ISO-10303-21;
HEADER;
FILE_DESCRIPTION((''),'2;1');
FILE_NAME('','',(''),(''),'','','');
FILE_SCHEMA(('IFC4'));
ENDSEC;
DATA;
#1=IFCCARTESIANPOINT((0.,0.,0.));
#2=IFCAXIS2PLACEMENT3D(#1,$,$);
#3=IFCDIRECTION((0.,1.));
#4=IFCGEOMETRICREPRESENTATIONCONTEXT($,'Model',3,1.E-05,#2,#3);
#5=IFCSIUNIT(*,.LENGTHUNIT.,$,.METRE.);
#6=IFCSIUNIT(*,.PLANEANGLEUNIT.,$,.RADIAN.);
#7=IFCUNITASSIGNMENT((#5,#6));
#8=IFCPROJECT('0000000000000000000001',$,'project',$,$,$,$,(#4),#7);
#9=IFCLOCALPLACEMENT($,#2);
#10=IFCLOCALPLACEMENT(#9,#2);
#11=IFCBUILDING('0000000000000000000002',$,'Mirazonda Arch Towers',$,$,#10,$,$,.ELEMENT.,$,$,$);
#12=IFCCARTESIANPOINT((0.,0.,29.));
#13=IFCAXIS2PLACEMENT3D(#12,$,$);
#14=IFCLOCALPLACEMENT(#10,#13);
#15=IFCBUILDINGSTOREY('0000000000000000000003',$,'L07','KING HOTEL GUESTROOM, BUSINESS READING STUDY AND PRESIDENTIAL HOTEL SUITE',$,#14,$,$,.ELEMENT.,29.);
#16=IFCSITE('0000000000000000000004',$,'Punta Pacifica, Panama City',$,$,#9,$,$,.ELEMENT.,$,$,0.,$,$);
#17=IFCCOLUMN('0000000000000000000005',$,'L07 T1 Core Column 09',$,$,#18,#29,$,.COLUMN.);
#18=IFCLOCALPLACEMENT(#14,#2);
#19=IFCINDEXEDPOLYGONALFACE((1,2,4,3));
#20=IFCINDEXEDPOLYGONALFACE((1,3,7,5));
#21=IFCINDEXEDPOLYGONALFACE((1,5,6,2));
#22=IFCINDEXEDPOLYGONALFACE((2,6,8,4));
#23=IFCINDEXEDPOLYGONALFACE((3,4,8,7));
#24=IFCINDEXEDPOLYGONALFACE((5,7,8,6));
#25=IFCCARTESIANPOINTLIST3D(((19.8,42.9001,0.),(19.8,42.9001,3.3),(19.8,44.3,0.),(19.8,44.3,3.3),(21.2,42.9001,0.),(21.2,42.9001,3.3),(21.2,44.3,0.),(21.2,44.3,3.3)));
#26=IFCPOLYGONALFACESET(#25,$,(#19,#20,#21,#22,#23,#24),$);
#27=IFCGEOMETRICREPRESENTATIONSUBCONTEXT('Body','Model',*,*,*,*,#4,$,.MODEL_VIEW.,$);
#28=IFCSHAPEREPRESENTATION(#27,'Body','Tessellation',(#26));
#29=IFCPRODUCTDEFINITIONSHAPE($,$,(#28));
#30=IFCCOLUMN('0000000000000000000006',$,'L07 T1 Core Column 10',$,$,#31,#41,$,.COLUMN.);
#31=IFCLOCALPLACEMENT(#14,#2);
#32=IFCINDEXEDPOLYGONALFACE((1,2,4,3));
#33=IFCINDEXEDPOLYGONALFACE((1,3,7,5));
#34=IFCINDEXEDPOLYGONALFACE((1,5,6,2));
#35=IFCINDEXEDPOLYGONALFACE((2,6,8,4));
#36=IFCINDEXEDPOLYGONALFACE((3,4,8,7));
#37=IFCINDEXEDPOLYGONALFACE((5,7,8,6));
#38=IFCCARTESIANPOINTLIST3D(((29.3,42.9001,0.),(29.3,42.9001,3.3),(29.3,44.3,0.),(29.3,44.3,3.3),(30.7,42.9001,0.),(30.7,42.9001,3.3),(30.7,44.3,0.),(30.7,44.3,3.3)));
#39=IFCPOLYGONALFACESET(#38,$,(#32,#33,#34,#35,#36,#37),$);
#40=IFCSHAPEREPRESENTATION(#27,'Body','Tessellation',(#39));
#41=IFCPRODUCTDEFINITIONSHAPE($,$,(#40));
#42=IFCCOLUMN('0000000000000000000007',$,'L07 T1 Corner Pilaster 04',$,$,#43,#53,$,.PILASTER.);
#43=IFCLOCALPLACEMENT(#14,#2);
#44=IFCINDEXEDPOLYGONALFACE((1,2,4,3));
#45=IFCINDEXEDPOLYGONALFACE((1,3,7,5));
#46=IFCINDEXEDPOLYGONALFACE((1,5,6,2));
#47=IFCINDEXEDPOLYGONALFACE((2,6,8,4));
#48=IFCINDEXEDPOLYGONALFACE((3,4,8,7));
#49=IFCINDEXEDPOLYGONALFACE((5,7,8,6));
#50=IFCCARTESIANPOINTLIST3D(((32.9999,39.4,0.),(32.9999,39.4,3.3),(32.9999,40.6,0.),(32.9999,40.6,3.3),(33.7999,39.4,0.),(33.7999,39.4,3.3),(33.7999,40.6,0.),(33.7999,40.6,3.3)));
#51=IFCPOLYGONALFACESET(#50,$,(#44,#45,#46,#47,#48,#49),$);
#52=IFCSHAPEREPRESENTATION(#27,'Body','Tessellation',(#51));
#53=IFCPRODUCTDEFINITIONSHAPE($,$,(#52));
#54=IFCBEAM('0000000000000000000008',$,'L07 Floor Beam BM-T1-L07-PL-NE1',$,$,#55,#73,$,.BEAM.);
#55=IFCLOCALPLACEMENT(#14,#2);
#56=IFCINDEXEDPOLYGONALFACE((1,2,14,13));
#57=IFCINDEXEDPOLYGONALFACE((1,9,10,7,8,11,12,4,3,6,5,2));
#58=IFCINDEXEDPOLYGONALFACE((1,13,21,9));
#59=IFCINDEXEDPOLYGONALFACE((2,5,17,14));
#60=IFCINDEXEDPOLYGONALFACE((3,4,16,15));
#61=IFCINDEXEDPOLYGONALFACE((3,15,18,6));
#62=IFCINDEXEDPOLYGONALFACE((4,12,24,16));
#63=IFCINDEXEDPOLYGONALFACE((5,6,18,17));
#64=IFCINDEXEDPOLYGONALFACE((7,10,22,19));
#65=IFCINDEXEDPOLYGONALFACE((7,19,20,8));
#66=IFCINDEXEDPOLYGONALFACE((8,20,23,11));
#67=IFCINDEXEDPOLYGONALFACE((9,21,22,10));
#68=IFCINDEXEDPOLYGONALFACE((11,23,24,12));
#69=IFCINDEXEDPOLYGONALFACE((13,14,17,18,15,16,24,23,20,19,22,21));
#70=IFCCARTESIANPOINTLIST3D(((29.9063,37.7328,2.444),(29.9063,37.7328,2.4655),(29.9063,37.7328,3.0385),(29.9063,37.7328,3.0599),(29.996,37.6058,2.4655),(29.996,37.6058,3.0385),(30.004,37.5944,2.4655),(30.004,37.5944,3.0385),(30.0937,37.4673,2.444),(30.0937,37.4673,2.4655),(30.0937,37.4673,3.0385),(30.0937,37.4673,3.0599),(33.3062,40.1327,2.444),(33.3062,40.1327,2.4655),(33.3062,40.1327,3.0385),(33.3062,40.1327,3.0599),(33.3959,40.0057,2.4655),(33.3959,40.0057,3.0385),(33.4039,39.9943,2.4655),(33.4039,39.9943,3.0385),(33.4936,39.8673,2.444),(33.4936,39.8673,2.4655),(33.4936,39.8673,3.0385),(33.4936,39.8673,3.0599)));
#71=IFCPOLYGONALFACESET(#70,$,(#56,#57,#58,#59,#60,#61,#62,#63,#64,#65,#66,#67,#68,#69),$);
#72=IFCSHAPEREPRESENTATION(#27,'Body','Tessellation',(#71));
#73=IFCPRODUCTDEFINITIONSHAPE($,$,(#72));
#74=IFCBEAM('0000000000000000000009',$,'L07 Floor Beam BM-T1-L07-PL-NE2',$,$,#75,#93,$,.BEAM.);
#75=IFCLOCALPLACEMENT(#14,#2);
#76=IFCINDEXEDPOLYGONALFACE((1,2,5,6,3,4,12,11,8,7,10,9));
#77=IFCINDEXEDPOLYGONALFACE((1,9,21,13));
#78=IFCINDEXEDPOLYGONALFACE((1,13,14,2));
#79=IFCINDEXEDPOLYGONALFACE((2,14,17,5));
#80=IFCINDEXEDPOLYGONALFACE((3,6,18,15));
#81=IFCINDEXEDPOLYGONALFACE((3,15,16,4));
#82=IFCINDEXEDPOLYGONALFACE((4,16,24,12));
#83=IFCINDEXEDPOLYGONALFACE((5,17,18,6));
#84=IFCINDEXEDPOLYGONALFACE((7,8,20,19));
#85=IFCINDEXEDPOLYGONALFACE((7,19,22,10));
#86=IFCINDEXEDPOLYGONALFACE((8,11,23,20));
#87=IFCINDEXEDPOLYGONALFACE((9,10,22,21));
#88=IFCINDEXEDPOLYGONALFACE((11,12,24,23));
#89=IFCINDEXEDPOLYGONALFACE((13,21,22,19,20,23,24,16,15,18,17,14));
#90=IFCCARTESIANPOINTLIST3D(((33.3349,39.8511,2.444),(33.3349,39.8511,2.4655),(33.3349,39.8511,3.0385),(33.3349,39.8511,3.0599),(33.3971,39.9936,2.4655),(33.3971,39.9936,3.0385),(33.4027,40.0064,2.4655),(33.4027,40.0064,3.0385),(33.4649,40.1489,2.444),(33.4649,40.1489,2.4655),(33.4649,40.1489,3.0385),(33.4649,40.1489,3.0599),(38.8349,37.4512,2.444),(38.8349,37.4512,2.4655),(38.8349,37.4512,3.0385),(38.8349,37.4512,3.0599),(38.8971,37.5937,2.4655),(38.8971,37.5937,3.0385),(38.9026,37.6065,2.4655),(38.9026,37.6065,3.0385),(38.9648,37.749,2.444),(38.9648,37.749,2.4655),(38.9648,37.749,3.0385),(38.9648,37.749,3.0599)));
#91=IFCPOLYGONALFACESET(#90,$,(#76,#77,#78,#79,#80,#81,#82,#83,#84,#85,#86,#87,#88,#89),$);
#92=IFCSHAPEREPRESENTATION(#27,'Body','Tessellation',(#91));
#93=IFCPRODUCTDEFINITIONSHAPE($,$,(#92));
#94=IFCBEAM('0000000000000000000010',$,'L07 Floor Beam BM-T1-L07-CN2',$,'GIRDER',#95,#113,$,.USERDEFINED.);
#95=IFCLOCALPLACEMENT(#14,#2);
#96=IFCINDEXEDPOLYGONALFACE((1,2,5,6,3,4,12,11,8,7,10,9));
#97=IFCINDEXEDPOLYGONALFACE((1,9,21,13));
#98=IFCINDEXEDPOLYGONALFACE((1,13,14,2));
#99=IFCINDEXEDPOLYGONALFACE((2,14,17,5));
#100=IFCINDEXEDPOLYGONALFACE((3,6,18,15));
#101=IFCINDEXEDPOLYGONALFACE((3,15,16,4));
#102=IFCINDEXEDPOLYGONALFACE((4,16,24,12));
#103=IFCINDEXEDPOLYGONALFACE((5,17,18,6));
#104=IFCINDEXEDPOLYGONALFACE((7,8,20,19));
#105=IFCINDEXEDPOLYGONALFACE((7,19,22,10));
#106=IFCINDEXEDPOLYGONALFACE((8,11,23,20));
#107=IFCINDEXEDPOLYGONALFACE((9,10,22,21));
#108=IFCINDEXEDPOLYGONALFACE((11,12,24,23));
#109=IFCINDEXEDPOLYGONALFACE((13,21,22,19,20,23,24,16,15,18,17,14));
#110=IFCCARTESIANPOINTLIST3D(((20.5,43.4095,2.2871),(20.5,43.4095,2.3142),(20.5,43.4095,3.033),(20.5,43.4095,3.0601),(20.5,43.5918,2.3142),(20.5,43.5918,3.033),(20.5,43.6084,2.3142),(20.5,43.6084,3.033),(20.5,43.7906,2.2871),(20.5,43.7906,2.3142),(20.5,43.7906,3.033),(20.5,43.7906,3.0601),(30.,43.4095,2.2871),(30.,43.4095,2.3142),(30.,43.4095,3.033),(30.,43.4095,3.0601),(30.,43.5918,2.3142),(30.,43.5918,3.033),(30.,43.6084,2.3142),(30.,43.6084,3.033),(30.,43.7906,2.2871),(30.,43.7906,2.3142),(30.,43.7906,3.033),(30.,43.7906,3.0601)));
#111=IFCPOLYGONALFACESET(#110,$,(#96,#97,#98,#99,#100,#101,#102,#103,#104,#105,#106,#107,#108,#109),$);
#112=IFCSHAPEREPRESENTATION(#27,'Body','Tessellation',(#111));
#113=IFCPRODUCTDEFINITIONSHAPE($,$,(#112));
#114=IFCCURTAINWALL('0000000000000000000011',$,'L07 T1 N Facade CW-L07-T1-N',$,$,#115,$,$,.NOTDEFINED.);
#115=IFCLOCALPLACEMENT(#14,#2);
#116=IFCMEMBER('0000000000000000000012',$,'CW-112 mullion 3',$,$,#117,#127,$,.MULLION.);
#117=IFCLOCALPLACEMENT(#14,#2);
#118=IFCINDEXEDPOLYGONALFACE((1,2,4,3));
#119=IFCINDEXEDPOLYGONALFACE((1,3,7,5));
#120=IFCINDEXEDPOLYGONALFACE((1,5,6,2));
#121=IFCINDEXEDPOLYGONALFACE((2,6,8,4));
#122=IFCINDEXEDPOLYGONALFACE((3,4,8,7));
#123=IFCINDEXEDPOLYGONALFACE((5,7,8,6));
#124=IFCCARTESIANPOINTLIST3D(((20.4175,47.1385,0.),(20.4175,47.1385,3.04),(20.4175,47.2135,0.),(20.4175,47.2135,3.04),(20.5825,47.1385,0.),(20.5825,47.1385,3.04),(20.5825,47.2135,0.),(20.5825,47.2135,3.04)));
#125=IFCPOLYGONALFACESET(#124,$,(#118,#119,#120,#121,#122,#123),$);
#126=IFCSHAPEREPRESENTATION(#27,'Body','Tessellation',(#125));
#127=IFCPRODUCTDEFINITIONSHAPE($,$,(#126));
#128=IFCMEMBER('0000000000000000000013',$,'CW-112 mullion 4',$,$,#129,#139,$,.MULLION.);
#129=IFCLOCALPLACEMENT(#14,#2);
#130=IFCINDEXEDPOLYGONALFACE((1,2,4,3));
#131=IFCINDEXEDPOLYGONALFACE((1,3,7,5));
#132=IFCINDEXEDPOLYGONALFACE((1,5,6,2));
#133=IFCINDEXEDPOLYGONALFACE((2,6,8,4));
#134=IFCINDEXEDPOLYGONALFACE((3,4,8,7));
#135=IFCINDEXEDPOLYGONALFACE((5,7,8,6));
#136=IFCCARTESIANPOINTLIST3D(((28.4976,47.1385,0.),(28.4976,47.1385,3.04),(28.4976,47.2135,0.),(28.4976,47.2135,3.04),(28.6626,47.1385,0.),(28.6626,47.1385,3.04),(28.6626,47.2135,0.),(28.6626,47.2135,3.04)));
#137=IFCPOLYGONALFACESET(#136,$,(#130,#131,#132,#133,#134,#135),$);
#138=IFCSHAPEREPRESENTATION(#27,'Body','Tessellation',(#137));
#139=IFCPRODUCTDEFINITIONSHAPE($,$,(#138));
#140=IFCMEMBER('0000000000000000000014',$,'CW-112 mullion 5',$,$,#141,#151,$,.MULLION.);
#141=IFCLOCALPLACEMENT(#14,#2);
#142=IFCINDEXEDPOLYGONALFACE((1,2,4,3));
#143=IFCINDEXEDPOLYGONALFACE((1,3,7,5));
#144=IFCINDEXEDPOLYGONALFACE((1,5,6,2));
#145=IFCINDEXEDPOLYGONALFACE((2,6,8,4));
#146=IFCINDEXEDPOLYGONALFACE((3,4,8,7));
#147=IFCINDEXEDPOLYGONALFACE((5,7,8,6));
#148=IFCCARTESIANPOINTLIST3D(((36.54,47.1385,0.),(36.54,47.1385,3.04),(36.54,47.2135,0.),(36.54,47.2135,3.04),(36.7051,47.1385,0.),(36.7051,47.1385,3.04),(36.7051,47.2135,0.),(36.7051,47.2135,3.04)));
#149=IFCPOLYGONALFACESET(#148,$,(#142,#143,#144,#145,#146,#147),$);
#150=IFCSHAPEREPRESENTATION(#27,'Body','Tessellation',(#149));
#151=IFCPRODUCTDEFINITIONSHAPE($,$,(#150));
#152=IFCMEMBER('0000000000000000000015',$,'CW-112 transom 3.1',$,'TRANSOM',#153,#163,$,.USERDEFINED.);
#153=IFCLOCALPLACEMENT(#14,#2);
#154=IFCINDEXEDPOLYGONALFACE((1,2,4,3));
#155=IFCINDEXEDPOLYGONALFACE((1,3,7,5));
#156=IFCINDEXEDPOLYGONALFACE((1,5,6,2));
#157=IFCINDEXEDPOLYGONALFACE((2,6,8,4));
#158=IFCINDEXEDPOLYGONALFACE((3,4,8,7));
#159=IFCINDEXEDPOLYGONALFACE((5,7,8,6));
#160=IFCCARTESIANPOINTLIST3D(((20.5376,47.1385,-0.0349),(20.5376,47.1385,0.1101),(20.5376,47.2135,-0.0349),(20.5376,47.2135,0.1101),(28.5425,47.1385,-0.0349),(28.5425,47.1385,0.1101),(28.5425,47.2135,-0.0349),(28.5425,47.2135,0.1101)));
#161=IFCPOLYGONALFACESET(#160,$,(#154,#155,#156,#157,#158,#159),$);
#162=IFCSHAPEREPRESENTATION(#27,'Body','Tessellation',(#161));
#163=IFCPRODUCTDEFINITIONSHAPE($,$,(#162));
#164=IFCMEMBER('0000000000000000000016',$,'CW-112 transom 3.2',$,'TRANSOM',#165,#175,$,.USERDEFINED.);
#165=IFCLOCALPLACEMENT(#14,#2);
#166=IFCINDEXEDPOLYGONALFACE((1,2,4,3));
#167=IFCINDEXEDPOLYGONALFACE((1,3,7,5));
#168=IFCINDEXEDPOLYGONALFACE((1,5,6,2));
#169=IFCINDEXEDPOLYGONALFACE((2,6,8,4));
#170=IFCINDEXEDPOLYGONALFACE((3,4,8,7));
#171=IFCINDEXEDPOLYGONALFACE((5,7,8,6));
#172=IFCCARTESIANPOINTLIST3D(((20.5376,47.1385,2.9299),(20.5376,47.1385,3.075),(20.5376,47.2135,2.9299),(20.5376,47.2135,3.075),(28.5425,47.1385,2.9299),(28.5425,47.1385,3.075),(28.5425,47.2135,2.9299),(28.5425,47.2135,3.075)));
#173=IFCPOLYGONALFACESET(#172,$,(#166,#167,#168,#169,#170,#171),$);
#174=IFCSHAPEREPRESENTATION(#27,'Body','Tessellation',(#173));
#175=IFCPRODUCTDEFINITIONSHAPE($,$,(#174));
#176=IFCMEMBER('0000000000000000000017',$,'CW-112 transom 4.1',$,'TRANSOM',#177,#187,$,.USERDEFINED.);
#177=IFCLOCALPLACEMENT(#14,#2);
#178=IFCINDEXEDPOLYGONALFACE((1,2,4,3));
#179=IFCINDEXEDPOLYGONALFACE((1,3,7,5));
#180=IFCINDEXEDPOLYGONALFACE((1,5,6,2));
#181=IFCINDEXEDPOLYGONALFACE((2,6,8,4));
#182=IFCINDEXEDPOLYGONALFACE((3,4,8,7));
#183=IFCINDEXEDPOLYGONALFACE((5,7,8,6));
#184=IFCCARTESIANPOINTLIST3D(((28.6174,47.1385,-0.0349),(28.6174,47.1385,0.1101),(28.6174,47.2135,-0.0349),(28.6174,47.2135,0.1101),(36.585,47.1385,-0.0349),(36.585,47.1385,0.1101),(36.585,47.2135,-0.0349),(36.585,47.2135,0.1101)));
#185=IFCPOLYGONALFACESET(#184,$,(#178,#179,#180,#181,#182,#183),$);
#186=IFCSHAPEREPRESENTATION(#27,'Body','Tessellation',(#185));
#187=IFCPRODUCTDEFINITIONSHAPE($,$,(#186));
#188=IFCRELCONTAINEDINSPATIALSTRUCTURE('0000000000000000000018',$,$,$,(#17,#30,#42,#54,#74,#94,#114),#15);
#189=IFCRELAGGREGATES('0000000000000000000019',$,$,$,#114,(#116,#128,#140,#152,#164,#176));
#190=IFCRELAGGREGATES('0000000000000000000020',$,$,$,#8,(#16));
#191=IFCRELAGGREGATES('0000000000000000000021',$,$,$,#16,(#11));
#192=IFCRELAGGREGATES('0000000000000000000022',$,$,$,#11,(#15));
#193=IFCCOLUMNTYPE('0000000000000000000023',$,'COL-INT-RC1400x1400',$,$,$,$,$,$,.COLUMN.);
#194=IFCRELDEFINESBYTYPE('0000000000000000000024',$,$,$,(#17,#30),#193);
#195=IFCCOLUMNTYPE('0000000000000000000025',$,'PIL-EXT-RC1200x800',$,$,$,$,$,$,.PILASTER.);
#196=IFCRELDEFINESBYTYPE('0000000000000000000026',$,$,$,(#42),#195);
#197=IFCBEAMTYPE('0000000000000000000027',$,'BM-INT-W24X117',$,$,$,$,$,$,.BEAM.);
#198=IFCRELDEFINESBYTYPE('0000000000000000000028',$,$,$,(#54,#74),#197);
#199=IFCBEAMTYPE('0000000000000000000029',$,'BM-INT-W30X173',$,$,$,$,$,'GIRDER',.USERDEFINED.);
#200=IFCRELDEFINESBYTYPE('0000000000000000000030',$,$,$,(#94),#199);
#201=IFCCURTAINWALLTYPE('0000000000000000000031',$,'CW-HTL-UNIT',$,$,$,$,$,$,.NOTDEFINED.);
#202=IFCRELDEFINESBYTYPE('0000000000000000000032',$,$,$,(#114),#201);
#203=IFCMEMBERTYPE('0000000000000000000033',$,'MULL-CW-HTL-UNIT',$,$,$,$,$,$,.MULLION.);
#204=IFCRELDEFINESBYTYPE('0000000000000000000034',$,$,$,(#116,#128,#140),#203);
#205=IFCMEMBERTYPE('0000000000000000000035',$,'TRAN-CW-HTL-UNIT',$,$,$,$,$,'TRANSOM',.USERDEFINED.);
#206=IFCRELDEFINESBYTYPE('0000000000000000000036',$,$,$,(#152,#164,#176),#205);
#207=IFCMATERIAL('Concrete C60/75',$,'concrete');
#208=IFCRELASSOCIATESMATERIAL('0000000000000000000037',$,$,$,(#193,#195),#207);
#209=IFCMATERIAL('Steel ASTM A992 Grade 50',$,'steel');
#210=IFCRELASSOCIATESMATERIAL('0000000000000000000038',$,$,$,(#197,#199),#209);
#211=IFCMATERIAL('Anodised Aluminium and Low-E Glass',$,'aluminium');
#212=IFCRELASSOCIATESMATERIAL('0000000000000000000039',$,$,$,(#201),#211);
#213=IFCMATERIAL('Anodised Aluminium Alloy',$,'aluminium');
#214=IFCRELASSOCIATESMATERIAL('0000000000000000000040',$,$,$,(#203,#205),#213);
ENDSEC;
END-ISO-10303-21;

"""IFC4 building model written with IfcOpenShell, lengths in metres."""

from ifc_helpers import new_model, si_unit, direction, frame, origin, origin_2d, place, context, subcontext, project, spatial, rectangle, i_section, extrude, material, material_profile, profile_set, type_object, element, aggregate, save


model = new_model("IFC4")

# Units and contexts
model_context = context("Model", 3, precision=1e-05, world=origin(), true_north=direction((0.0, 1.0)))
body_context = subcontext(model_context, "Body", "Model", "MODEL_VIEW")
ifc_project = project(units=[si_unit("LENGTHUNIT", "METRE"), si_unit("PLANEANGLEUNIT", "RADIAN")], contexts=[model_context])

# Site, building, storey
site_placement = place(None, origin())
site = spatial("IfcSite", under=ifc_project, at=site_placement, Name="Punta Pacifica, Panama City", CompositionType="ELEMENT", RefElevation=0.0)
building_placement = place(site_placement, origin())
building = spatial("IfcBuilding", under=site, at=building_placement, Name="Mirazonda Arch Towers", CompositionType="ELEMENT")
storey_placement = place(building_placement, frame((0.0, 0.0, 29.0)))
storey = spatial("IfcBuildingStorey", under=building, at=storey_placement, Name="L07", Description="KING HOTEL GUESTROOM, BUSINESS READING STUDY AND PRESIDENTIAL HOTEL SUITE", CompositionType="ELEMENT", Elevation=29.0)

# Columns
ifc_material_1 = material(Name="Concrete C60/75", Category="concrete")
ifc_material_profile_1 = material_profile(ifc_material_1, rectangle(XDim=1.3999, YDim=1.3999, at=origin_2d()), Name="RC1400x1400")
ifc_profile_set_1 = profile_set([ifc_material_profile_1], Name="Concrete C60/75")
column_type_1 = type_object("IfcColumnType", Name="COL-INT-RC1400x1400", PredefinedType="COLUMN", material=ifc_profile_set_1)
for number, where, z_axis, x_axis, name in (
    (1, (20.5, 43.6001, 0.0), (0.0, 0.0, 1.0), (1.0, 0.0, 0.0), "L07 T1 Core Column 09"),
    (2, (30.0, 43.6001, 0.0), (0.0, 0.0, 1.0), (1.0, 0.0, 0.0), "L07 T1 Core Column 10"),
):
    element("IfcColumn", number, at=place(storey_placement, frame(where, z_axis=z_axis, x_axis=x_axis)), inside=storey, type_object=column_type_1, Name=name, PredefinedType="COLUMN", context=body_context, shape_type="SweptSolid", body=[
        extrude(rectangle(XDim=1.3999, YDim=1.3999, at=origin_2d()), origin(), (0.0, 0.0, 1.0), 3.3),
    ])
ifc_material_profile_2 = material_profile(ifc_material_1, rectangle(XDim=0.8, YDim=1.2, at=origin_2d()), Name="RC1200x800")
ifc_profile_set_2 = profile_set([ifc_material_profile_2], Name="Concrete C60/75")
column_type_2 = type_object("IfcColumnType", Name="PIL-EXT-RC1200x800", PredefinedType="PILASTER", material=ifc_profile_set_2)
column_placement = place(storey_placement, frame((33.3999, 40.0, 0.0), z_axis=(0.0, 0.0, 1.0), x_axis=(1.0, 0.0, 0.0)))
element("IfcColumn", 3, at=column_placement, inside=storey, type_object=column_type_2, Name="L07 T1 Corner Pilaster 04", PredefinedType="PILASTER", context=body_context, shape_type="SweptSolid", body=[
    extrude(rectangle(XDim=0.8, YDim=1.2, at=origin_2d()), origin(), (0.0, 0.0, 1.0), 3.3),
])

# Beams
ifc_material_2 = material(Name="Steel ASTM A992 Grade 50", Category="steel")
ifc_material_profile_3 = material_profile(ifc_material_2, i_section(OverallWidth=0.325, OverallDepth=0.616, WebThickness=0.0139, FlangeThickness=0.0215, at=origin_2d()), Name="W24X117")
ifc_profile_set_3 = profile_set([ifc_material_profile_3], Name="Steel ASTM A992 Grade 50")
beam_type_1 = type_object("IfcBeamType", Name="BM-INT-W24X117", PredefinedType="BEAM", material=ifc_profile_set_3)
beam_1_placement = place(storey_placement, frame((33.3999, 40.0, 2.752), z_axis=(-0.816971, -0.576679, 0.0), x_axis=(0.576679, -0.816971, 0.0)))
element("IfcBeam", 4, at=beam_1_placement, inside=storey, type_object=beam_type_1, Name="L07 Floor Beam BM-T1-L07-PL-NE1", PredefinedType="BEAM", context=body_context, shape_type="SweptSolid", body=[
    extrude(i_section(OverallWidth=0.325, OverallDepth=0.616, WebThickness=0.0139, FlangeThickness=0.0215, at=origin_2d()), origin(), (0.0, 0.0, 1.0), 4.1616),
])
beam_2_placement = place(storey_placement, frame((33.3999, 40.0, 2.752), z_axis=(0.916545, -0.399931, 0.0), x_axis=(0.399931, 0.916545, 0.0)))
element("IfcBeam", 5, at=beam_2_placement, inside=storey, type_object=beam_type_1, Name="L07 Floor Beam BM-T1-L07-PL-NE2", PredefinedType="BEAM", context=body_context, shape_type="SweptSolid", body=[
    extrude(i_section(OverallWidth=0.325, OverallDepth=0.616, WebThickness=0.0139, FlangeThickness=0.0215, at=origin_2d()), origin(), (0.0, 0.0, 1.0), 6.0007),
])
ifc_material_profile_4 = material_profile(ifc_material_2, i_section(OverallWidth=0.3811, OverallDepth=0.7729, WebThickness=0.0166, FlangeThickness=0.0271, at=origin_2d()), Name="W30X173")
ifc_profile_set_4 = profile_set([ifc_material_profile_4], Name="Steel ASTM A992 Grade 50")
beam_type_2 = type_object("IfcBeamType", Name="BM-INT-W30X173", ElementType="GIRDER", PredefinedType="USERDEFINED", material=ifc_profile_set_4)
beam_3_placement = place(storey_placement, frame((20.5, 43.6001, 2.6736), z_axis=(1.0, 0.0, 0.0), x_axis=(0.0, 1.0, 0.0)))
element("IfcBeam", 6, at=beam_3_placement, inside=storey, type_object=beam_type_2, Name="L07 Floor Beam BM-T1-L07-CN2", ObjectType="GIRDER", PredefinedType="USERDEFINED", context=body_context, shape_type="SweptSolid", body=[
    extrude(i_section(OverallWidth=0.3811, OverallDepth=0.7729, WebThickness=0.0166, FlangeThickness=0.0271, at=origin_2d()), origin(), (0.0, 0.0, 1.0), 9.5),
])

# Curtain wall, members
ifc_material_3 = material(Name="Anodised Aluminium and Low-E Glass", Category="aluminium")
curtain_wall_type = type_object("IfcCurtainWallType", Name="CW-HTL-UNIT", PredefinedType="NOTDEFINED", material=ifc_material_3)
curtain_wall_placement = place(storey_placement, origin())
curtain_wall = element("IfcCurtainWall", 7, at=curtain_wall_placement, inside=storey, type_object=curtain_wall_type, Name="L07 T1 N Facade CW-L07-T1-N", PredefinedType="NOTDEFINED")
ifc_material_4 = material(Name="Anodised Aluminium Alloy", Category="aluminium")
ifc_material_profile_5 = material_profile(ifc_material_4, rectangle(XDim=0.075, YDim=0.165, at=origin_2d()), Name="ALU-MULL-75x165")
ifc_profile_set_5 = profile_set([ifc_material_profile_5], Name="Anodised Aluminium Alloy")
member_type_1 = type_object("IfcMemberType", Name="MULL-CW-HTL-UNIT", PredefinedType="MULLION", material=ifc_profile_set_5)
member_1_placement = place(storey_placement, frame((20.5, 47.176, 0.0), z_axis=(0.0, 0.0, 1.0), x_axis=(0.0, 1.0, 0.0)))
member_1 = element("IfcMember", 8, at=member_1_placement, type_object=member_type_1, Name="CW-112 mullion 3", PredefinedType="MULLION", context=body_context, shape_type="SweptSolid", body=[
    extrude(rectangle(XDim=0.075, YDim=0.165, at=origin_2d()), origin(), (0.0, 0.0, 1.0), 3.04),
])
member_2_placement = place(storey_placement, frame((28.5801, 47.176, 0.0), z_axis=(0.0, 0.0, 1.0), x_axis=(0.0, 1.0, 0.0)))
member_2 = element("IfcMember", 9, at=member_2_placement, type_object=member_type_1, Name="CW-112 mullion 4", PredefinedType="MULLION", context=body_context, shape_type="SweptSolid", body=[
    extrude(rectangle(XDim=0.075, YDim=0.165, at=origin_2d()), origin(), (0.0, 0.0, 1.0), 3.04),
])
member_3_placement = place(storey_placement, frame((36.6226, 47.176, 0.0), z_axis=(0.0, 0.0, 1.0), x_axis=(0.0, 1.0, 0.0)))
member_3 = element("IfcMember", 10, at=member_3_placement, type_object=member_type_1, Name="CW-112 mullion 5", PredefinedType="MULLION", context=body_context, shape_type="SweptSolid", body=[
    extrude(rectangle(XDim=0.075, YDim=0.165, at=origin_2d()), origin(), (0.0, 0.0, 1.0), 3.04),
])
ifc_material_profile_6 = material_profile(ifc_material_4, rectangle(XDim=0.075, YDim=0.145, at=origin_2d()), Name="ALU-TRAN-75x145")
ifc_profile_set_6 = profile_set([ifc_material_profile_6], Name="Anodised Aluminium Alloy")
member_type_2 = type_object("IfcMemberType", Name="TRAN-CW-HTL-UNIT", ElementType="TRANSOM", PredefinedType="USERDEFINED", material=ifc_profile_set_6)
member_4_placement = place(storey_placement, frame((20.5376, 47.176, 0.0376), z_axis=(1.0, 0.0, 0.0), x_axis=(0.0, 1.0, 0.0)))
member_4 = element("IfcMember", 11, at=member_4_placement, type_object=member_type_2, Name="CW-112 transom 3.1", ObjectType="TRANSOM", PredefinedType="USERDEFINED", context=body_context, shape_type="SweptSolid", body=[
    extrude(rectangle(XDim=0.075, YDim=0.145, at=origin_2d()), origin(), (0.0, 0.0, 1.0), 8.0049),
])
member_5_placement = place(storey_placement, frame((20.5376, 47.176, 3.0024), z_axis=(1.0, 0.0, 0.0), x_axis=(0.0, 1.0, 0.0)))
member_5 = element("IfcMember", 12, at=member_5_placement, type_object=member_type_2, Name="CW-112 transom 3.2", ObjectType="TRANSOM", PredefinedType="USERDEFINED", context=body_context, shape_type="SweptSolid", body=[
    extrude(rectangle(XDim=0.075, YDim=0.145, at=origin_2d()), origin(), (0.0, 0.0, 1.0), 8.0049),
])
member_6_placement = place(storey_placement, frame((28.6174, 47.176, 0.0376), z_axis=(1.0, 0.0, 0.0), x_axis=(0.0, 1.0, 0.0)))
member_6 = element("IfcMember", 13, at=member_6_placement, type_object=member_type_2, Name="CW-112 transom 4.1", ObjectType="TRANSOM", PredefinedType="USERDEFINED", context=body_context, shape_type="SweptSolid", body=[
    extrude(rectangle(XDim=0.075, YDim=0.145, at=origin_2d()), origin(), (0.0, 0.0, 1.0), 7.9675),
])
aggregate(curtain_wall, [member_1, member_2, member_3, member_4, member_5, member_6])

save(model, "model.ifc")
